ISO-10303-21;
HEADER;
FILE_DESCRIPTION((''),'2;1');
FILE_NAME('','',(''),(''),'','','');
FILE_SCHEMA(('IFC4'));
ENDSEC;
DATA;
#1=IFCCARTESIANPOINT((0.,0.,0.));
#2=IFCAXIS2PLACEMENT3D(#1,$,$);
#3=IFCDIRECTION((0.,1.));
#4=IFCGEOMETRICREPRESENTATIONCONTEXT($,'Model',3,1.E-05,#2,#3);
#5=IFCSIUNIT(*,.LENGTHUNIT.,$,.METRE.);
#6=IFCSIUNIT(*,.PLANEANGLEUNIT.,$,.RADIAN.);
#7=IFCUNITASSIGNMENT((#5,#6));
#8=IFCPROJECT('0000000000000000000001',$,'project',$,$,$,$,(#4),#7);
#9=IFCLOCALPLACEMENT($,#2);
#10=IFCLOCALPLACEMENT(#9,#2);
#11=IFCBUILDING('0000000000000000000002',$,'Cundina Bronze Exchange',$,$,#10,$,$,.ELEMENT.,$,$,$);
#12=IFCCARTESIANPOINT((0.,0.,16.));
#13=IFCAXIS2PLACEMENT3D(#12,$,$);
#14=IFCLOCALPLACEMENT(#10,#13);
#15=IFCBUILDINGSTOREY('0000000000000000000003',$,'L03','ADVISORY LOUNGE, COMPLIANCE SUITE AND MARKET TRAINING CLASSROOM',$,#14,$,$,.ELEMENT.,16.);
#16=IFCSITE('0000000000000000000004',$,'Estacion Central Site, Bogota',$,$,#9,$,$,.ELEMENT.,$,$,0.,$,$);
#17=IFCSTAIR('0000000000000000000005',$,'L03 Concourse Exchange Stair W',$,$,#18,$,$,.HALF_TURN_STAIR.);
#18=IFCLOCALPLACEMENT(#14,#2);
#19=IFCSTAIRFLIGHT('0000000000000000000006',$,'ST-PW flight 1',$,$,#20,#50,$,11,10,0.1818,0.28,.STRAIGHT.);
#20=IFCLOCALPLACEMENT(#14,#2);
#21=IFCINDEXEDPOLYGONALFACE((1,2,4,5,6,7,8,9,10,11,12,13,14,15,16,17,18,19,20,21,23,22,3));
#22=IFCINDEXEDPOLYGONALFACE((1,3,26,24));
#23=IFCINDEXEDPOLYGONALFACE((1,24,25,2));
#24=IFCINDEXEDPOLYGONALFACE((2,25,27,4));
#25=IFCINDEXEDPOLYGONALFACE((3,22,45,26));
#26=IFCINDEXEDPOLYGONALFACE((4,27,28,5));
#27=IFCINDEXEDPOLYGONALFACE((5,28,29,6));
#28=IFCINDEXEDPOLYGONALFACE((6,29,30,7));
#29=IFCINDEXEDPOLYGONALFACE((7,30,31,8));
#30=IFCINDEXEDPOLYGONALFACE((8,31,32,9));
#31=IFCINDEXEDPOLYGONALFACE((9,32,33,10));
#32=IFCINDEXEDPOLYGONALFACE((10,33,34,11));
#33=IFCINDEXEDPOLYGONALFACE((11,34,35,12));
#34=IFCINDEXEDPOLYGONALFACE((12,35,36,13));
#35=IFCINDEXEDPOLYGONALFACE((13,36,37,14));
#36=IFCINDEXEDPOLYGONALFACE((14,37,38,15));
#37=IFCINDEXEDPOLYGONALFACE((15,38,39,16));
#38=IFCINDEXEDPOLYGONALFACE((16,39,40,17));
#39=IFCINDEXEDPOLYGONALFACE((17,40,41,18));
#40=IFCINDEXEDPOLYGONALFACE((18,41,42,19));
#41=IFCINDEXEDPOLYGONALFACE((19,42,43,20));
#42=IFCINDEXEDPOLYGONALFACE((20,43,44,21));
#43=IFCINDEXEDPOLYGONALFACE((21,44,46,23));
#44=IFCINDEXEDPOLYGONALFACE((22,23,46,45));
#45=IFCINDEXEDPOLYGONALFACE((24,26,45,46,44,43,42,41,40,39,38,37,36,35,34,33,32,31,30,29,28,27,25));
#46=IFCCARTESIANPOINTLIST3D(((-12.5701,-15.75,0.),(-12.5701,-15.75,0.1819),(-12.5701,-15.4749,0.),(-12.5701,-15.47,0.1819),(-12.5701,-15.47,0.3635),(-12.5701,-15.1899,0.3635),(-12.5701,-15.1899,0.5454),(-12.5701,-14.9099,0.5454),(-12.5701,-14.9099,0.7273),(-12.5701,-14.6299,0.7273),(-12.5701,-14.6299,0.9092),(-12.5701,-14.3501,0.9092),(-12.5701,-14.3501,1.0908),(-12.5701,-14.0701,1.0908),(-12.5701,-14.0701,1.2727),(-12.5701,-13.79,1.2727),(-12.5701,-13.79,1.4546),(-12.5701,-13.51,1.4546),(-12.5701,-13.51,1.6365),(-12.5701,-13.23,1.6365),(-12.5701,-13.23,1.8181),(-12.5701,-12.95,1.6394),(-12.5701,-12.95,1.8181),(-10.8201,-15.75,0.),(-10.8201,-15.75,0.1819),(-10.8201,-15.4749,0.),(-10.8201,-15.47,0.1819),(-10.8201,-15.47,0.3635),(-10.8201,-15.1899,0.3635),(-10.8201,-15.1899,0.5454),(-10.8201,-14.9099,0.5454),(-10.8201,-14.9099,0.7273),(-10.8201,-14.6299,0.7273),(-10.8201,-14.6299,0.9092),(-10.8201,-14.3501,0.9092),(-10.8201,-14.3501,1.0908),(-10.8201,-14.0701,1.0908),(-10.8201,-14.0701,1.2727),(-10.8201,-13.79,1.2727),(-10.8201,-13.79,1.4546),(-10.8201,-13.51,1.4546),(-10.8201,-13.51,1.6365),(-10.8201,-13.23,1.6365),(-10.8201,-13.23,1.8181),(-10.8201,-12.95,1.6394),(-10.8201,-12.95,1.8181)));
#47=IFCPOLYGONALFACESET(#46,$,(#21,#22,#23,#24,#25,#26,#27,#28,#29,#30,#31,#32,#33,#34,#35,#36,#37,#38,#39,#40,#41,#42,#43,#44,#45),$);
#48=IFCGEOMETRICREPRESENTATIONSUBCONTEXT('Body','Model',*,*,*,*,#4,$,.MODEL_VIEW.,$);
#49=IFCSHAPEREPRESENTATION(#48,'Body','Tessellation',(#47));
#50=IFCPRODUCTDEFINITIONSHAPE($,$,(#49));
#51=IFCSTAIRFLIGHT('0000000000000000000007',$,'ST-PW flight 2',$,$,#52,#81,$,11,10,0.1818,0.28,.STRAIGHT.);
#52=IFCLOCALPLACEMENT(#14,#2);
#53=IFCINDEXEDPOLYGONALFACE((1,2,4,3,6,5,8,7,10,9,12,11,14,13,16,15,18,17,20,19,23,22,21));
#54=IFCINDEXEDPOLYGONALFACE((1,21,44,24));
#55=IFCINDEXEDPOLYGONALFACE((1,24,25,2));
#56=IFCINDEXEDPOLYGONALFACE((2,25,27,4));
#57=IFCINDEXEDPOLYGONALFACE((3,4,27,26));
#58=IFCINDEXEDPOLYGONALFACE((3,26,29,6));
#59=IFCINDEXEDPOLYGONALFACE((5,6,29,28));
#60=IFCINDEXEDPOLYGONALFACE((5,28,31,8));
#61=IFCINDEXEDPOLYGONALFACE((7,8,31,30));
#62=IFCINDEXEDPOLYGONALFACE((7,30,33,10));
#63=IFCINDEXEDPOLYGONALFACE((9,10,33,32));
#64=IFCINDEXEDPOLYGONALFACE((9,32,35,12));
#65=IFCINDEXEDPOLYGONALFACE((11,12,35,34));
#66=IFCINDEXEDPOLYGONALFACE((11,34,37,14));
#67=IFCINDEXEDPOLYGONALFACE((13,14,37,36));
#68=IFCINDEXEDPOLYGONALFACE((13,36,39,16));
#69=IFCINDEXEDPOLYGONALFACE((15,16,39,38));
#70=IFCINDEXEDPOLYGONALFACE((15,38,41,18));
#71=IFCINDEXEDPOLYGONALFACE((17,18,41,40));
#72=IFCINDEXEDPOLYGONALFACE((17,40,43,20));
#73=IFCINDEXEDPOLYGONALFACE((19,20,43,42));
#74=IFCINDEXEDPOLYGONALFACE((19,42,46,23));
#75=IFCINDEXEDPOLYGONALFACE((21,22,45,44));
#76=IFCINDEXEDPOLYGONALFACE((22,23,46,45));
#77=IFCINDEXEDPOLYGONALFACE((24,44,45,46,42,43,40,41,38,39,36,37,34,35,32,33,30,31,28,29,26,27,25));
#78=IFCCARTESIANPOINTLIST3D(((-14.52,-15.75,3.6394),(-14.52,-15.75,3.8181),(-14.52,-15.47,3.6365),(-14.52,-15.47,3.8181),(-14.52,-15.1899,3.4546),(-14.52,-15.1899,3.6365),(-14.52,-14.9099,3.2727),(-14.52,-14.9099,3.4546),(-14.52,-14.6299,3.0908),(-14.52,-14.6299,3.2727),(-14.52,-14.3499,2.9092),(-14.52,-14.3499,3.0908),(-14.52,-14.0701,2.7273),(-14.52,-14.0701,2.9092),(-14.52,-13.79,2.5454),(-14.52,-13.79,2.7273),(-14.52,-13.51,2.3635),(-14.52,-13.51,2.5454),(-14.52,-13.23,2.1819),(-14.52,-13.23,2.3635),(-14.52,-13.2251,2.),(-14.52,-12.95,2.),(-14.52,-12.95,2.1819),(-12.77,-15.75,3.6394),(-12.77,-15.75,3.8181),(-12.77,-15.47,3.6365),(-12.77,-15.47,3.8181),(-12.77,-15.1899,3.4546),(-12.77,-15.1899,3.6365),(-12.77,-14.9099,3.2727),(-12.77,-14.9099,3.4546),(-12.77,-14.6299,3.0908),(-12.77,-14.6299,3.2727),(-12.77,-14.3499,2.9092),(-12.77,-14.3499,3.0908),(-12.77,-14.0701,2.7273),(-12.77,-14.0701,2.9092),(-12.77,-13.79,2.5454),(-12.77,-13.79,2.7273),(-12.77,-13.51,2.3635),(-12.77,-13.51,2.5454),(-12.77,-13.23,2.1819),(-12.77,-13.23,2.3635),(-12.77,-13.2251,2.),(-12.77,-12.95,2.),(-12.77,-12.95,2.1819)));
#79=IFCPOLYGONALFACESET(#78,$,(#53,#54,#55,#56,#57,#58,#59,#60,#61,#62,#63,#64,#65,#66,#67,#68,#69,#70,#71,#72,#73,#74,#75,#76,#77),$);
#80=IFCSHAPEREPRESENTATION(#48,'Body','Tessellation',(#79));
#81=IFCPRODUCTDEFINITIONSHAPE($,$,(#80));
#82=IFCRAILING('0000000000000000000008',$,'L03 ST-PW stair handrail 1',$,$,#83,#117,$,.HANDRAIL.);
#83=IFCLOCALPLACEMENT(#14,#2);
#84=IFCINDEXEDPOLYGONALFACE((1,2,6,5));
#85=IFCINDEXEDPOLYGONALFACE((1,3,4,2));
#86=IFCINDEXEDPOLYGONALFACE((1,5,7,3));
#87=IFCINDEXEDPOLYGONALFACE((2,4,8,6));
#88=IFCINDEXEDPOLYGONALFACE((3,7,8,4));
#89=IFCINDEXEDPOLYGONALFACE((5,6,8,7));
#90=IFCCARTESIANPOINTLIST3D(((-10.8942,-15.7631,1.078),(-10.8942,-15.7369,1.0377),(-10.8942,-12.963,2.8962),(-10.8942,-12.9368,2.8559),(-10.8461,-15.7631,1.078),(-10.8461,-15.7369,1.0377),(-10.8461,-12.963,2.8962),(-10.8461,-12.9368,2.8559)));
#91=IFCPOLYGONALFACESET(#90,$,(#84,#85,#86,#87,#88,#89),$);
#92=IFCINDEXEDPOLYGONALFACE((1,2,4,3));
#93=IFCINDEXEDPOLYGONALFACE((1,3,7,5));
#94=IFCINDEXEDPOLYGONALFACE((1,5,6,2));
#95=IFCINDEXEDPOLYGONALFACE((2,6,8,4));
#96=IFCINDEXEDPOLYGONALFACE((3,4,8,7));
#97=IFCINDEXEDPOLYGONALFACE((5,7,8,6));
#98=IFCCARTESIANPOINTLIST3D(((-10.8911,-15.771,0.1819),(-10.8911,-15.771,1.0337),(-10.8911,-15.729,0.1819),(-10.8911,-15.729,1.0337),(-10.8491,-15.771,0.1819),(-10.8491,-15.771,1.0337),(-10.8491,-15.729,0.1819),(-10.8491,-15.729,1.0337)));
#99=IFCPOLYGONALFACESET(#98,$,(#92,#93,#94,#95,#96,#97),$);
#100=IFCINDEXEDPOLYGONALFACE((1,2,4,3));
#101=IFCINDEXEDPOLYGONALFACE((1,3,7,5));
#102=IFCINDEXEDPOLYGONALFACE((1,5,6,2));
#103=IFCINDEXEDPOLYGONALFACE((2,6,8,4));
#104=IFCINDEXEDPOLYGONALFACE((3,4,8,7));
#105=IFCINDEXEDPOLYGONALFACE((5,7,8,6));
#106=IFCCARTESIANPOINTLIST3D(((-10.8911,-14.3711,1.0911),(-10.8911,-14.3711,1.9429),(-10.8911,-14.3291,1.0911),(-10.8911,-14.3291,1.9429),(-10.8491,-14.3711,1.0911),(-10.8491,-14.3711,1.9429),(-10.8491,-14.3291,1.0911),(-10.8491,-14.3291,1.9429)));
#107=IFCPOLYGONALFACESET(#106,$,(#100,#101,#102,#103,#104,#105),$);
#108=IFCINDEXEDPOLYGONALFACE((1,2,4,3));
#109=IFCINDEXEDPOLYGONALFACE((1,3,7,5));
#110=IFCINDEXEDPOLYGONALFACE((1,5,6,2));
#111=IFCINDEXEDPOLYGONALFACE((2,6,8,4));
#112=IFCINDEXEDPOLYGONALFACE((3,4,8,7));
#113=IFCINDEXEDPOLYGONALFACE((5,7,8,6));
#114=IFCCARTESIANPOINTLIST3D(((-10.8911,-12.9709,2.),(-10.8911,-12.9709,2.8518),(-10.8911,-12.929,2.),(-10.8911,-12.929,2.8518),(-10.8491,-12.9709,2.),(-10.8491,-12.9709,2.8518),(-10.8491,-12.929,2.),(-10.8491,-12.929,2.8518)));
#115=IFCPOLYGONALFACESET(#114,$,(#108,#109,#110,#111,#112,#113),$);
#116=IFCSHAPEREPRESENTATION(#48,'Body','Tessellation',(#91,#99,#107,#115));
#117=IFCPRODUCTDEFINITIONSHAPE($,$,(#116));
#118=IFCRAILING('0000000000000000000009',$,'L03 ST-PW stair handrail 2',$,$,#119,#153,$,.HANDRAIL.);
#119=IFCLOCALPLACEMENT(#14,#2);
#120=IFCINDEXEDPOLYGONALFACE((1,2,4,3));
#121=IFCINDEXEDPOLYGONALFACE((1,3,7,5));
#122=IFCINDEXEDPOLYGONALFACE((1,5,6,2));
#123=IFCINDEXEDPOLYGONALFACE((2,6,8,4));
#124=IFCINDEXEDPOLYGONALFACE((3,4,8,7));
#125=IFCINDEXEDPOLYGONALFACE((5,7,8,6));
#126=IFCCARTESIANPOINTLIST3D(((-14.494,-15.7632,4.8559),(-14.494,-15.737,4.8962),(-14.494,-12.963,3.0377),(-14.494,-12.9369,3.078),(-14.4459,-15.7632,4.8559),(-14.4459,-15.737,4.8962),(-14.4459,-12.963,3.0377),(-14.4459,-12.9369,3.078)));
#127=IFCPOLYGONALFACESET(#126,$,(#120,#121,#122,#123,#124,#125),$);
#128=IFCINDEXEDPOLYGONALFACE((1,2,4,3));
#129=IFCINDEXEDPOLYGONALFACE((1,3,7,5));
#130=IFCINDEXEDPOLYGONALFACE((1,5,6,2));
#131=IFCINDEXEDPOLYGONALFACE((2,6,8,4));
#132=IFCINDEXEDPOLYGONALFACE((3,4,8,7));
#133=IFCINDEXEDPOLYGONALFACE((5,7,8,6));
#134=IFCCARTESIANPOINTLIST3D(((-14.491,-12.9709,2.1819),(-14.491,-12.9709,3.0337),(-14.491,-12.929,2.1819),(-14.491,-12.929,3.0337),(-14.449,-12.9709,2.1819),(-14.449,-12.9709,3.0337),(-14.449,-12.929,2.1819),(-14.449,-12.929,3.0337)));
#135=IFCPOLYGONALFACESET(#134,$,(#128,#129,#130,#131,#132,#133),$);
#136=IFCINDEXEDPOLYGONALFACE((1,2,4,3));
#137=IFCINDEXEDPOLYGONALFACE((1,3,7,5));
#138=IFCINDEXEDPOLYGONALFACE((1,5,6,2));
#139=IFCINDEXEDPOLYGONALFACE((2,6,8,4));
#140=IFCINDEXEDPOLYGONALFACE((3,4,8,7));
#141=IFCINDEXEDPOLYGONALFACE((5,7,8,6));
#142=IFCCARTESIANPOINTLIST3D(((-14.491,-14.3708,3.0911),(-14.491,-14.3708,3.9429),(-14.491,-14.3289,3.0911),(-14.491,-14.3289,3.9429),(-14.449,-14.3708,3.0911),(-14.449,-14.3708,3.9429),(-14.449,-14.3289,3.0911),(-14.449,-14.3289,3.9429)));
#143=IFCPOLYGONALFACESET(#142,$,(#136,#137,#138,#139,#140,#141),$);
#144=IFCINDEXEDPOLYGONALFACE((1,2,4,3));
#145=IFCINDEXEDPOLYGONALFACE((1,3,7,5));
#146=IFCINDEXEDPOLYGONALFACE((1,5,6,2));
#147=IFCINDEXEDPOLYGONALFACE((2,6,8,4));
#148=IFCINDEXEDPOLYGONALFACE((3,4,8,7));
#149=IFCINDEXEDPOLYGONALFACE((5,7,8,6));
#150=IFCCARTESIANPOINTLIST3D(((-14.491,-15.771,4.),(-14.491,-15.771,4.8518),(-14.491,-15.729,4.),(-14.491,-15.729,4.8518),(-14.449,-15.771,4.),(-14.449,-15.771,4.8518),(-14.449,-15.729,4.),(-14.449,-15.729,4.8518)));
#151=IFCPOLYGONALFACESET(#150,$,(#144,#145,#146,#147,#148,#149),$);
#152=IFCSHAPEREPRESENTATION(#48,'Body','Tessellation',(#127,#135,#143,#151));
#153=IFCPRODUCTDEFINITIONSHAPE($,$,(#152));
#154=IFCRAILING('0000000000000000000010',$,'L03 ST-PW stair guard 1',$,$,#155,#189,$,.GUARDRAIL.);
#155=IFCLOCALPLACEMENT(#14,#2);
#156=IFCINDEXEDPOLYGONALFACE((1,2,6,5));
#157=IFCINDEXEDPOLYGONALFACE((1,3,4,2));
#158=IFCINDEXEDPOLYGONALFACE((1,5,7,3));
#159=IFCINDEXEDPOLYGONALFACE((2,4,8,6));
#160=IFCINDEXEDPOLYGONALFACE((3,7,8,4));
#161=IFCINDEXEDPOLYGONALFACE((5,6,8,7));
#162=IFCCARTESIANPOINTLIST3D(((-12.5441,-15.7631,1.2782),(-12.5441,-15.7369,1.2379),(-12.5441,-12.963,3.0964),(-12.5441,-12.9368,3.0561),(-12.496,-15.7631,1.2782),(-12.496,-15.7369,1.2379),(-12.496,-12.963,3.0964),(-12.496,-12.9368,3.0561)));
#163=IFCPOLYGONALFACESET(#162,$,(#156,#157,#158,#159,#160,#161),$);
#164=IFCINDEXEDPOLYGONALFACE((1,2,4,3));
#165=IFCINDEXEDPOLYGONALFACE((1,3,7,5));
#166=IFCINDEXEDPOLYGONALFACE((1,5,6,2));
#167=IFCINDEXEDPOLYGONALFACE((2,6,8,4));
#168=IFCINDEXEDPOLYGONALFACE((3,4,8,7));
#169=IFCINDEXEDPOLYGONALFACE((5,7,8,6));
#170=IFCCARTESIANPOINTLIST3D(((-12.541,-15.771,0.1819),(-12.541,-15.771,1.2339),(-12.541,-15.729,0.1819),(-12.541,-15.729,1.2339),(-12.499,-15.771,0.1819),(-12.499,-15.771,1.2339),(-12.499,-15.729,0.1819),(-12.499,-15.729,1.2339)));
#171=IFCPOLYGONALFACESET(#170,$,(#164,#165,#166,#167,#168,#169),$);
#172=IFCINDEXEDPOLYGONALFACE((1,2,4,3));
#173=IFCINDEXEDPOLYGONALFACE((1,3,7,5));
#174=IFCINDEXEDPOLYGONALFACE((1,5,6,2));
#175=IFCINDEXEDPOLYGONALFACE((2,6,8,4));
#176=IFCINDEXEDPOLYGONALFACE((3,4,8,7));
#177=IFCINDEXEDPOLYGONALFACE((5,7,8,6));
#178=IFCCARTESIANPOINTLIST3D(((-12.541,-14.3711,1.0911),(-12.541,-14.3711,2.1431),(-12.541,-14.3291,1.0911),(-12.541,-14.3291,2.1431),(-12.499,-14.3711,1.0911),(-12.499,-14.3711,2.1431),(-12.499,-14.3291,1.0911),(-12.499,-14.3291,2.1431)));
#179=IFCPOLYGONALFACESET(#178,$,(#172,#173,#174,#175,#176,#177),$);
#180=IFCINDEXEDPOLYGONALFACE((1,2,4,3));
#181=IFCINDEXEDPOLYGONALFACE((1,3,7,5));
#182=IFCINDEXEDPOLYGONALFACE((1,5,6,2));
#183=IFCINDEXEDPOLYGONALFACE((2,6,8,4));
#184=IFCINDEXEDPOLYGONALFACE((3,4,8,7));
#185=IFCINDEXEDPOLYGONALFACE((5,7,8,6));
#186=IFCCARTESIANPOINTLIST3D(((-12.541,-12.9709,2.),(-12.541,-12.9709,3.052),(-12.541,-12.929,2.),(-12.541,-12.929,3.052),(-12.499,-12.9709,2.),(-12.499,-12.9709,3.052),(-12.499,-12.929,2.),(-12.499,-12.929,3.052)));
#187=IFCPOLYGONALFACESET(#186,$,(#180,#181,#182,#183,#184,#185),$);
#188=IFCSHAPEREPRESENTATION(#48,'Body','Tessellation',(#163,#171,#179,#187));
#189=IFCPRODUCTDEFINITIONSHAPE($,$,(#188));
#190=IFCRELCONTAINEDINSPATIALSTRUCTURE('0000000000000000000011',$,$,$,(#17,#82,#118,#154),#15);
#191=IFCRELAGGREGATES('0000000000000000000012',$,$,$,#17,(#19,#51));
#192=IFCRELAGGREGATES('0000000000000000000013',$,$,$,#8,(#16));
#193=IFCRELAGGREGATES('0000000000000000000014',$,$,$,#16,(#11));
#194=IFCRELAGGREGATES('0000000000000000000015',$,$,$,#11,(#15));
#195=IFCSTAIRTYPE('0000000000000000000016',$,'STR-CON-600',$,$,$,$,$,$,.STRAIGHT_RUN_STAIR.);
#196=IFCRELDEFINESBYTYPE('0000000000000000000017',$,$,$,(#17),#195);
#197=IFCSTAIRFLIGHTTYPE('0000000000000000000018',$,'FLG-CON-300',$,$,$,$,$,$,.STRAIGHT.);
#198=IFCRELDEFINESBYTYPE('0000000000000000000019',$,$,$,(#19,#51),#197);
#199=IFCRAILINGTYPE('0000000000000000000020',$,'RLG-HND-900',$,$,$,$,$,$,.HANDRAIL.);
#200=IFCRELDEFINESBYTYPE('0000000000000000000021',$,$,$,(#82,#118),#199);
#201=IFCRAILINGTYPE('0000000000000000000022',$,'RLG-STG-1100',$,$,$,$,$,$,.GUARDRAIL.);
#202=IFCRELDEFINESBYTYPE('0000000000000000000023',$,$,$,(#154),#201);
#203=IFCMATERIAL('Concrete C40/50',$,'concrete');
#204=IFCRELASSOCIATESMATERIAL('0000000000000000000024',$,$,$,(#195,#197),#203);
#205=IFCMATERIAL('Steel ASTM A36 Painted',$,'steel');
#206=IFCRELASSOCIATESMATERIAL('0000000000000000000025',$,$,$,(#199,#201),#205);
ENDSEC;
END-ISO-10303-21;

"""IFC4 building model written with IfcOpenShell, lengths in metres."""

from ifc_helpers import new_model, si_unit, direction, frame, origin, origin_2d, place, context, subcontext, project, spatial, polyline, rectangle, outline, extrude, material, type_object, element, aggregate, save


model = new_model("IFC4")

# Units and contexts
model_context = context("Model", 3, precision=1e-05, world=origin(), true_north=direction((0.0, 1.0)))
body_context = subcontext(model_context, "Body", "Model", "MODEL_VIEW")
ifc_project = project(units=[si_unit("LENGTHUNIT", "METRE"), si_unit("PLANEANGLEUNIT", "RADIAN")], contexts=[model_context])

# Site, building, storey
site_placement = place(None, origin())
site = spatial("IfcSite", under=ifc_project, at=site_placement, Name="Estacion Central Site, Bogota", CompositionType="ELEMENT", RefElevation=0.0)
building_placement = place(site_placement, origin())
building = spatial("IfcBuilding", under=site, at=building_placement, Name="Cundina Bronze Exchange", CompositionType="ELEMENT")
storey_placement = place(building_placement, frame((0.0, 0.0, 16.0)))
storey = spatial("IfcBuildingStorey", under=building, at=storey_placement, Name="L03", Description="ADVISORY LOUNGE, COMPLIANCE SUITE AND MARKET TRAINING CLASSROOM", CompositionType="ELEMENT", Elevation=16.0)

# Shared definitions
ifc_material_1 = material(Name="Concrete C40/50", Category="concrete")

# Shared definitions
ifc_material_2 = material(Name="Steel ASTM A36 Painted", Category="steel")

# Stair, stair flights
stair_type = type_object("IfcStairType", Name="STR-CON-600", PredefinedType="STRAIGHT_RUN_STAIR", material=ifc_material_1)
stair_placement = place(storey_placement, origin())
stair = element("IfcStair", 1, at=stair_placement, inside=storey, type_object=stair_type, Name="L03 Concourse Exchange Stair W", PredefinedType="HALF_TURN_STAIR")
stair_flight_type = type_object("IfcStairFlightType", Name="FLG-CON-300", PredefinedType="STRAIGHT", material=ifc_material_1)
stair_flight_1_placement = place(storey_placement, frame((-11.6951, -15.75, 0.0), z_axis=(0.0, 0.0, 1.0), x_axis=(0.0, 1.0, 0.0)))
stair_flight_1 = element("IfcStairFlight", 2, at=stair_flight_1_placement, type_object=stair_flight_type, Name="ST-PW flight 1", NumberOfRisers=11, NumberOfTreads=10, PredefinedType="STRAIGHT", RiserHeight=0.1818, TreadLength=0.28, context=body_context, shape_type="SweptSolid", body=[
    extrude(outline(polyline([(0.0, 0.0), (0.0, 0.1819), (0.28, 0.1819), (0.28, 0.3635), (0.5601, 0.3635), (0.5601, 0.5454), (0.8401, 0.5454), (0.8401, 0.7273), (1.1201, 0.7273), (1.1201, 0.9092), (1.3999, 0.9092), (1.3999, 1.0908), (1.6799, 1.0908), (1.6799, 1.2727), (1.96, 1.2727), (1.96, 1.4546), (2.24, 1.4546), (2.24, 1.6365), (2.52, 1.6365), (2.52, 1.8181), (2.8, 1.8181), (2.8, 2.0), (2.8, 1.6394), (0.2751, 0.0), (0.0, 0.0)])), frame((0.0, 0.875, 0.0), z_axis=(0.0, -1.0, 0.0), x_axis=(1.0, 0.0, 0.0)), (0.0, 0.0, 1.0), 1.75),
])
stair_flight_2_placement = place(storey_placement, frame((-13.645, -12.95, 2.0), z_axis=(0.0, 0.0, 1.0), x_axis=(0.0, -1.0, 0.0)))
stair_flight_2 = element("IfcStairFlight", 3, at=stair_flight_2_placement, type_object=stair_flight_type, Name="ST-PW flight 2", NumberOfRisers=11, NumberOfTreads=10, PredefinedType="STRAIGHT", RiserHeight=0.1818, TreadLength=0.28, context=body_context, shape_type="SweptSolid", body=[
    extrude(outline(polyline([(0.0, 0.0), (0.0, 0.1819), (0.28, 0.1819), (0.28, 0.3635), (0.5601, 0.3635), (0.5601, 0.5454), (0.8401, 0.5454), (0.8401, 0.7273), (1.1201, 0.7273), (1.1201, 0.9092), (1.3999, 0.9092), (1.3999, 1.0908), (1.6799, 1.0908), (1.6799, 1.2727), (1.96, 1.2727), (1.96, 1.4546), (2.24, 1.4546), (2.24, 1.6365), (2.52, 1.6365), (2.52, 1.8181), (2.8, 1.8181), (2.8, 2.0), (2.8, 1.6394), (0.2751, 0.0), (0.0, 0.0)])), frame((0.0, 0.875, 0.0), z_axis=(0.0, -1.0, 0.0), x_axis=(1.0, 0.0, 0.0)), (0.0, 0.0, 1.0), 1.75),
])
aggregate(stair, [stair_flight_1, stair_flight_2])

# Railings
railing_type_1 = type_object("IfcRailingType", Name="RLG-HND-900", PredefinedType="HANDRAIL", material=ifc_material_2)
railing_1_placement = place(storey_placement, frame((-10.8701, -15.75, 0.1819)))
element("IfcRailing", 4, at=railing_1_placement, inside=storey, type_object=railing_type_1, Name="L03 ST-PW stair handrail 1", PredefinedType="HANDRAIL", context=body_context, shape_type="SweptSolid", body=[
    extrude(rectangle(XDim=0.0481, YDim=0.0481, at=origin_2d()), frame((0.0, 0.0, 0.876), z_axis=(0.0, 0.838706, 0.544585), x_axis=(-1.0, 0.0, 0.0)), (0.0, 0.0, 1.0), 3.3386),
    extrude(rectangle(XDim=0.042, YDim=0.042, at=origin_2d()), origin(), (0.0, 0.0, 1.0), 0.8518),
    extrude(rectangle(XDim=0.042, YDim=0.042, at=origin_2d()), frame((0.0, 1.3999, 0.9092)), (0.0, 0.0, 1.0), 0.8518),
    extrude(rectangle(XDim=0.042, YDim=0.042, at=origin_2d()), frame((0.0, 2.8, 1.8181)), (0.0, 0.0, 1.0), 0.8518),
])
railing_2_placement = place(storey_placement, frame((-14.47, -12.95, 2.1819)))
element("IfcRailing", 5, at=railing_2_placement, inside=storey, type_object=railing_type_1, Name="L03 ST-PW stair handrail 2", PredefinedType="HANDRAIL", context=body_context, shape_type="SweptSolid", body=[
    extrude(rectangle(XDim=0.0481, YDim=0.0481, at=origin_2d()), frame((0.0, 0.0, 0.876), z_axis=(0.0, -0.838706, 0.544585), x_axis=(1.0, 0.0, 0.0)), (0.0, 0.0, 1.0), 3.3386),
    extrude(rectangle(XDim=0.042, YDim=0.042, at=origin_2d()), origin(), (0.0, 0.0, 1.0), 0.8518),
    extrude(rectangle(XDim=0.042, YDim=0.042, at=origin_2d()), frame((0.0, -1.3999, 0.9092)), (0.0, 0.0, 1.0), 0.8518),
    extrude(rectangle(XDim=0.042, YDim=0.042, at=origin_2d()), frame((0.0, -2.8, 1.8181)), (0.0, 0.0, 1.0), 0.8518),
])
railing_type_2 = type_object("IfcRailingType", Name="RLG-STG-1100", PredefinedType="GUARDRAIL", material=ifc_material_2)
railing_3_placement = place(storey_placement, frame((-12.52, -15.75, 0.1819)))
element("IfcRailing", 6, at=railing_3_placement, inside=storey, type_object=railing_type_2, Name="L03 ST-PW stair guard 1", PredefinedType="GUARDRAIL", context=body_context, shape_type="SweptSolid", body=[
    extrude(rectangle(XDim=0.0481, YDim=0.0481, at=origin_2d()), frame((0.0, 0.0, 1.0762), z_axis=(0.0, 0.838706, 0.544585), x_axis=(-1.0, 0.0, 0.0)), (0.0, 0.0, 1.0), 3.3386),
    extrude(rectangle(XDim=0.042, YDim=0.042, at=origin_2d()), origin(), (0.0, 0.0, 1.0), 1.052),
    extrude(rectangle(XDim=0.042, YDim=0.042, at=origin_2d()), frame((0.0, 1.3999, 0.9092)), (0.0, 0.0, 1.0), 1.052),
    extrude(rectangle(XDim=0.042, YDim=0.042, at=origin_2d()), frame((0.0, 2.8, 1.8181)), (0.0, 0.0, 1.0), 1.052),
])

save(model, "model.ifc")
